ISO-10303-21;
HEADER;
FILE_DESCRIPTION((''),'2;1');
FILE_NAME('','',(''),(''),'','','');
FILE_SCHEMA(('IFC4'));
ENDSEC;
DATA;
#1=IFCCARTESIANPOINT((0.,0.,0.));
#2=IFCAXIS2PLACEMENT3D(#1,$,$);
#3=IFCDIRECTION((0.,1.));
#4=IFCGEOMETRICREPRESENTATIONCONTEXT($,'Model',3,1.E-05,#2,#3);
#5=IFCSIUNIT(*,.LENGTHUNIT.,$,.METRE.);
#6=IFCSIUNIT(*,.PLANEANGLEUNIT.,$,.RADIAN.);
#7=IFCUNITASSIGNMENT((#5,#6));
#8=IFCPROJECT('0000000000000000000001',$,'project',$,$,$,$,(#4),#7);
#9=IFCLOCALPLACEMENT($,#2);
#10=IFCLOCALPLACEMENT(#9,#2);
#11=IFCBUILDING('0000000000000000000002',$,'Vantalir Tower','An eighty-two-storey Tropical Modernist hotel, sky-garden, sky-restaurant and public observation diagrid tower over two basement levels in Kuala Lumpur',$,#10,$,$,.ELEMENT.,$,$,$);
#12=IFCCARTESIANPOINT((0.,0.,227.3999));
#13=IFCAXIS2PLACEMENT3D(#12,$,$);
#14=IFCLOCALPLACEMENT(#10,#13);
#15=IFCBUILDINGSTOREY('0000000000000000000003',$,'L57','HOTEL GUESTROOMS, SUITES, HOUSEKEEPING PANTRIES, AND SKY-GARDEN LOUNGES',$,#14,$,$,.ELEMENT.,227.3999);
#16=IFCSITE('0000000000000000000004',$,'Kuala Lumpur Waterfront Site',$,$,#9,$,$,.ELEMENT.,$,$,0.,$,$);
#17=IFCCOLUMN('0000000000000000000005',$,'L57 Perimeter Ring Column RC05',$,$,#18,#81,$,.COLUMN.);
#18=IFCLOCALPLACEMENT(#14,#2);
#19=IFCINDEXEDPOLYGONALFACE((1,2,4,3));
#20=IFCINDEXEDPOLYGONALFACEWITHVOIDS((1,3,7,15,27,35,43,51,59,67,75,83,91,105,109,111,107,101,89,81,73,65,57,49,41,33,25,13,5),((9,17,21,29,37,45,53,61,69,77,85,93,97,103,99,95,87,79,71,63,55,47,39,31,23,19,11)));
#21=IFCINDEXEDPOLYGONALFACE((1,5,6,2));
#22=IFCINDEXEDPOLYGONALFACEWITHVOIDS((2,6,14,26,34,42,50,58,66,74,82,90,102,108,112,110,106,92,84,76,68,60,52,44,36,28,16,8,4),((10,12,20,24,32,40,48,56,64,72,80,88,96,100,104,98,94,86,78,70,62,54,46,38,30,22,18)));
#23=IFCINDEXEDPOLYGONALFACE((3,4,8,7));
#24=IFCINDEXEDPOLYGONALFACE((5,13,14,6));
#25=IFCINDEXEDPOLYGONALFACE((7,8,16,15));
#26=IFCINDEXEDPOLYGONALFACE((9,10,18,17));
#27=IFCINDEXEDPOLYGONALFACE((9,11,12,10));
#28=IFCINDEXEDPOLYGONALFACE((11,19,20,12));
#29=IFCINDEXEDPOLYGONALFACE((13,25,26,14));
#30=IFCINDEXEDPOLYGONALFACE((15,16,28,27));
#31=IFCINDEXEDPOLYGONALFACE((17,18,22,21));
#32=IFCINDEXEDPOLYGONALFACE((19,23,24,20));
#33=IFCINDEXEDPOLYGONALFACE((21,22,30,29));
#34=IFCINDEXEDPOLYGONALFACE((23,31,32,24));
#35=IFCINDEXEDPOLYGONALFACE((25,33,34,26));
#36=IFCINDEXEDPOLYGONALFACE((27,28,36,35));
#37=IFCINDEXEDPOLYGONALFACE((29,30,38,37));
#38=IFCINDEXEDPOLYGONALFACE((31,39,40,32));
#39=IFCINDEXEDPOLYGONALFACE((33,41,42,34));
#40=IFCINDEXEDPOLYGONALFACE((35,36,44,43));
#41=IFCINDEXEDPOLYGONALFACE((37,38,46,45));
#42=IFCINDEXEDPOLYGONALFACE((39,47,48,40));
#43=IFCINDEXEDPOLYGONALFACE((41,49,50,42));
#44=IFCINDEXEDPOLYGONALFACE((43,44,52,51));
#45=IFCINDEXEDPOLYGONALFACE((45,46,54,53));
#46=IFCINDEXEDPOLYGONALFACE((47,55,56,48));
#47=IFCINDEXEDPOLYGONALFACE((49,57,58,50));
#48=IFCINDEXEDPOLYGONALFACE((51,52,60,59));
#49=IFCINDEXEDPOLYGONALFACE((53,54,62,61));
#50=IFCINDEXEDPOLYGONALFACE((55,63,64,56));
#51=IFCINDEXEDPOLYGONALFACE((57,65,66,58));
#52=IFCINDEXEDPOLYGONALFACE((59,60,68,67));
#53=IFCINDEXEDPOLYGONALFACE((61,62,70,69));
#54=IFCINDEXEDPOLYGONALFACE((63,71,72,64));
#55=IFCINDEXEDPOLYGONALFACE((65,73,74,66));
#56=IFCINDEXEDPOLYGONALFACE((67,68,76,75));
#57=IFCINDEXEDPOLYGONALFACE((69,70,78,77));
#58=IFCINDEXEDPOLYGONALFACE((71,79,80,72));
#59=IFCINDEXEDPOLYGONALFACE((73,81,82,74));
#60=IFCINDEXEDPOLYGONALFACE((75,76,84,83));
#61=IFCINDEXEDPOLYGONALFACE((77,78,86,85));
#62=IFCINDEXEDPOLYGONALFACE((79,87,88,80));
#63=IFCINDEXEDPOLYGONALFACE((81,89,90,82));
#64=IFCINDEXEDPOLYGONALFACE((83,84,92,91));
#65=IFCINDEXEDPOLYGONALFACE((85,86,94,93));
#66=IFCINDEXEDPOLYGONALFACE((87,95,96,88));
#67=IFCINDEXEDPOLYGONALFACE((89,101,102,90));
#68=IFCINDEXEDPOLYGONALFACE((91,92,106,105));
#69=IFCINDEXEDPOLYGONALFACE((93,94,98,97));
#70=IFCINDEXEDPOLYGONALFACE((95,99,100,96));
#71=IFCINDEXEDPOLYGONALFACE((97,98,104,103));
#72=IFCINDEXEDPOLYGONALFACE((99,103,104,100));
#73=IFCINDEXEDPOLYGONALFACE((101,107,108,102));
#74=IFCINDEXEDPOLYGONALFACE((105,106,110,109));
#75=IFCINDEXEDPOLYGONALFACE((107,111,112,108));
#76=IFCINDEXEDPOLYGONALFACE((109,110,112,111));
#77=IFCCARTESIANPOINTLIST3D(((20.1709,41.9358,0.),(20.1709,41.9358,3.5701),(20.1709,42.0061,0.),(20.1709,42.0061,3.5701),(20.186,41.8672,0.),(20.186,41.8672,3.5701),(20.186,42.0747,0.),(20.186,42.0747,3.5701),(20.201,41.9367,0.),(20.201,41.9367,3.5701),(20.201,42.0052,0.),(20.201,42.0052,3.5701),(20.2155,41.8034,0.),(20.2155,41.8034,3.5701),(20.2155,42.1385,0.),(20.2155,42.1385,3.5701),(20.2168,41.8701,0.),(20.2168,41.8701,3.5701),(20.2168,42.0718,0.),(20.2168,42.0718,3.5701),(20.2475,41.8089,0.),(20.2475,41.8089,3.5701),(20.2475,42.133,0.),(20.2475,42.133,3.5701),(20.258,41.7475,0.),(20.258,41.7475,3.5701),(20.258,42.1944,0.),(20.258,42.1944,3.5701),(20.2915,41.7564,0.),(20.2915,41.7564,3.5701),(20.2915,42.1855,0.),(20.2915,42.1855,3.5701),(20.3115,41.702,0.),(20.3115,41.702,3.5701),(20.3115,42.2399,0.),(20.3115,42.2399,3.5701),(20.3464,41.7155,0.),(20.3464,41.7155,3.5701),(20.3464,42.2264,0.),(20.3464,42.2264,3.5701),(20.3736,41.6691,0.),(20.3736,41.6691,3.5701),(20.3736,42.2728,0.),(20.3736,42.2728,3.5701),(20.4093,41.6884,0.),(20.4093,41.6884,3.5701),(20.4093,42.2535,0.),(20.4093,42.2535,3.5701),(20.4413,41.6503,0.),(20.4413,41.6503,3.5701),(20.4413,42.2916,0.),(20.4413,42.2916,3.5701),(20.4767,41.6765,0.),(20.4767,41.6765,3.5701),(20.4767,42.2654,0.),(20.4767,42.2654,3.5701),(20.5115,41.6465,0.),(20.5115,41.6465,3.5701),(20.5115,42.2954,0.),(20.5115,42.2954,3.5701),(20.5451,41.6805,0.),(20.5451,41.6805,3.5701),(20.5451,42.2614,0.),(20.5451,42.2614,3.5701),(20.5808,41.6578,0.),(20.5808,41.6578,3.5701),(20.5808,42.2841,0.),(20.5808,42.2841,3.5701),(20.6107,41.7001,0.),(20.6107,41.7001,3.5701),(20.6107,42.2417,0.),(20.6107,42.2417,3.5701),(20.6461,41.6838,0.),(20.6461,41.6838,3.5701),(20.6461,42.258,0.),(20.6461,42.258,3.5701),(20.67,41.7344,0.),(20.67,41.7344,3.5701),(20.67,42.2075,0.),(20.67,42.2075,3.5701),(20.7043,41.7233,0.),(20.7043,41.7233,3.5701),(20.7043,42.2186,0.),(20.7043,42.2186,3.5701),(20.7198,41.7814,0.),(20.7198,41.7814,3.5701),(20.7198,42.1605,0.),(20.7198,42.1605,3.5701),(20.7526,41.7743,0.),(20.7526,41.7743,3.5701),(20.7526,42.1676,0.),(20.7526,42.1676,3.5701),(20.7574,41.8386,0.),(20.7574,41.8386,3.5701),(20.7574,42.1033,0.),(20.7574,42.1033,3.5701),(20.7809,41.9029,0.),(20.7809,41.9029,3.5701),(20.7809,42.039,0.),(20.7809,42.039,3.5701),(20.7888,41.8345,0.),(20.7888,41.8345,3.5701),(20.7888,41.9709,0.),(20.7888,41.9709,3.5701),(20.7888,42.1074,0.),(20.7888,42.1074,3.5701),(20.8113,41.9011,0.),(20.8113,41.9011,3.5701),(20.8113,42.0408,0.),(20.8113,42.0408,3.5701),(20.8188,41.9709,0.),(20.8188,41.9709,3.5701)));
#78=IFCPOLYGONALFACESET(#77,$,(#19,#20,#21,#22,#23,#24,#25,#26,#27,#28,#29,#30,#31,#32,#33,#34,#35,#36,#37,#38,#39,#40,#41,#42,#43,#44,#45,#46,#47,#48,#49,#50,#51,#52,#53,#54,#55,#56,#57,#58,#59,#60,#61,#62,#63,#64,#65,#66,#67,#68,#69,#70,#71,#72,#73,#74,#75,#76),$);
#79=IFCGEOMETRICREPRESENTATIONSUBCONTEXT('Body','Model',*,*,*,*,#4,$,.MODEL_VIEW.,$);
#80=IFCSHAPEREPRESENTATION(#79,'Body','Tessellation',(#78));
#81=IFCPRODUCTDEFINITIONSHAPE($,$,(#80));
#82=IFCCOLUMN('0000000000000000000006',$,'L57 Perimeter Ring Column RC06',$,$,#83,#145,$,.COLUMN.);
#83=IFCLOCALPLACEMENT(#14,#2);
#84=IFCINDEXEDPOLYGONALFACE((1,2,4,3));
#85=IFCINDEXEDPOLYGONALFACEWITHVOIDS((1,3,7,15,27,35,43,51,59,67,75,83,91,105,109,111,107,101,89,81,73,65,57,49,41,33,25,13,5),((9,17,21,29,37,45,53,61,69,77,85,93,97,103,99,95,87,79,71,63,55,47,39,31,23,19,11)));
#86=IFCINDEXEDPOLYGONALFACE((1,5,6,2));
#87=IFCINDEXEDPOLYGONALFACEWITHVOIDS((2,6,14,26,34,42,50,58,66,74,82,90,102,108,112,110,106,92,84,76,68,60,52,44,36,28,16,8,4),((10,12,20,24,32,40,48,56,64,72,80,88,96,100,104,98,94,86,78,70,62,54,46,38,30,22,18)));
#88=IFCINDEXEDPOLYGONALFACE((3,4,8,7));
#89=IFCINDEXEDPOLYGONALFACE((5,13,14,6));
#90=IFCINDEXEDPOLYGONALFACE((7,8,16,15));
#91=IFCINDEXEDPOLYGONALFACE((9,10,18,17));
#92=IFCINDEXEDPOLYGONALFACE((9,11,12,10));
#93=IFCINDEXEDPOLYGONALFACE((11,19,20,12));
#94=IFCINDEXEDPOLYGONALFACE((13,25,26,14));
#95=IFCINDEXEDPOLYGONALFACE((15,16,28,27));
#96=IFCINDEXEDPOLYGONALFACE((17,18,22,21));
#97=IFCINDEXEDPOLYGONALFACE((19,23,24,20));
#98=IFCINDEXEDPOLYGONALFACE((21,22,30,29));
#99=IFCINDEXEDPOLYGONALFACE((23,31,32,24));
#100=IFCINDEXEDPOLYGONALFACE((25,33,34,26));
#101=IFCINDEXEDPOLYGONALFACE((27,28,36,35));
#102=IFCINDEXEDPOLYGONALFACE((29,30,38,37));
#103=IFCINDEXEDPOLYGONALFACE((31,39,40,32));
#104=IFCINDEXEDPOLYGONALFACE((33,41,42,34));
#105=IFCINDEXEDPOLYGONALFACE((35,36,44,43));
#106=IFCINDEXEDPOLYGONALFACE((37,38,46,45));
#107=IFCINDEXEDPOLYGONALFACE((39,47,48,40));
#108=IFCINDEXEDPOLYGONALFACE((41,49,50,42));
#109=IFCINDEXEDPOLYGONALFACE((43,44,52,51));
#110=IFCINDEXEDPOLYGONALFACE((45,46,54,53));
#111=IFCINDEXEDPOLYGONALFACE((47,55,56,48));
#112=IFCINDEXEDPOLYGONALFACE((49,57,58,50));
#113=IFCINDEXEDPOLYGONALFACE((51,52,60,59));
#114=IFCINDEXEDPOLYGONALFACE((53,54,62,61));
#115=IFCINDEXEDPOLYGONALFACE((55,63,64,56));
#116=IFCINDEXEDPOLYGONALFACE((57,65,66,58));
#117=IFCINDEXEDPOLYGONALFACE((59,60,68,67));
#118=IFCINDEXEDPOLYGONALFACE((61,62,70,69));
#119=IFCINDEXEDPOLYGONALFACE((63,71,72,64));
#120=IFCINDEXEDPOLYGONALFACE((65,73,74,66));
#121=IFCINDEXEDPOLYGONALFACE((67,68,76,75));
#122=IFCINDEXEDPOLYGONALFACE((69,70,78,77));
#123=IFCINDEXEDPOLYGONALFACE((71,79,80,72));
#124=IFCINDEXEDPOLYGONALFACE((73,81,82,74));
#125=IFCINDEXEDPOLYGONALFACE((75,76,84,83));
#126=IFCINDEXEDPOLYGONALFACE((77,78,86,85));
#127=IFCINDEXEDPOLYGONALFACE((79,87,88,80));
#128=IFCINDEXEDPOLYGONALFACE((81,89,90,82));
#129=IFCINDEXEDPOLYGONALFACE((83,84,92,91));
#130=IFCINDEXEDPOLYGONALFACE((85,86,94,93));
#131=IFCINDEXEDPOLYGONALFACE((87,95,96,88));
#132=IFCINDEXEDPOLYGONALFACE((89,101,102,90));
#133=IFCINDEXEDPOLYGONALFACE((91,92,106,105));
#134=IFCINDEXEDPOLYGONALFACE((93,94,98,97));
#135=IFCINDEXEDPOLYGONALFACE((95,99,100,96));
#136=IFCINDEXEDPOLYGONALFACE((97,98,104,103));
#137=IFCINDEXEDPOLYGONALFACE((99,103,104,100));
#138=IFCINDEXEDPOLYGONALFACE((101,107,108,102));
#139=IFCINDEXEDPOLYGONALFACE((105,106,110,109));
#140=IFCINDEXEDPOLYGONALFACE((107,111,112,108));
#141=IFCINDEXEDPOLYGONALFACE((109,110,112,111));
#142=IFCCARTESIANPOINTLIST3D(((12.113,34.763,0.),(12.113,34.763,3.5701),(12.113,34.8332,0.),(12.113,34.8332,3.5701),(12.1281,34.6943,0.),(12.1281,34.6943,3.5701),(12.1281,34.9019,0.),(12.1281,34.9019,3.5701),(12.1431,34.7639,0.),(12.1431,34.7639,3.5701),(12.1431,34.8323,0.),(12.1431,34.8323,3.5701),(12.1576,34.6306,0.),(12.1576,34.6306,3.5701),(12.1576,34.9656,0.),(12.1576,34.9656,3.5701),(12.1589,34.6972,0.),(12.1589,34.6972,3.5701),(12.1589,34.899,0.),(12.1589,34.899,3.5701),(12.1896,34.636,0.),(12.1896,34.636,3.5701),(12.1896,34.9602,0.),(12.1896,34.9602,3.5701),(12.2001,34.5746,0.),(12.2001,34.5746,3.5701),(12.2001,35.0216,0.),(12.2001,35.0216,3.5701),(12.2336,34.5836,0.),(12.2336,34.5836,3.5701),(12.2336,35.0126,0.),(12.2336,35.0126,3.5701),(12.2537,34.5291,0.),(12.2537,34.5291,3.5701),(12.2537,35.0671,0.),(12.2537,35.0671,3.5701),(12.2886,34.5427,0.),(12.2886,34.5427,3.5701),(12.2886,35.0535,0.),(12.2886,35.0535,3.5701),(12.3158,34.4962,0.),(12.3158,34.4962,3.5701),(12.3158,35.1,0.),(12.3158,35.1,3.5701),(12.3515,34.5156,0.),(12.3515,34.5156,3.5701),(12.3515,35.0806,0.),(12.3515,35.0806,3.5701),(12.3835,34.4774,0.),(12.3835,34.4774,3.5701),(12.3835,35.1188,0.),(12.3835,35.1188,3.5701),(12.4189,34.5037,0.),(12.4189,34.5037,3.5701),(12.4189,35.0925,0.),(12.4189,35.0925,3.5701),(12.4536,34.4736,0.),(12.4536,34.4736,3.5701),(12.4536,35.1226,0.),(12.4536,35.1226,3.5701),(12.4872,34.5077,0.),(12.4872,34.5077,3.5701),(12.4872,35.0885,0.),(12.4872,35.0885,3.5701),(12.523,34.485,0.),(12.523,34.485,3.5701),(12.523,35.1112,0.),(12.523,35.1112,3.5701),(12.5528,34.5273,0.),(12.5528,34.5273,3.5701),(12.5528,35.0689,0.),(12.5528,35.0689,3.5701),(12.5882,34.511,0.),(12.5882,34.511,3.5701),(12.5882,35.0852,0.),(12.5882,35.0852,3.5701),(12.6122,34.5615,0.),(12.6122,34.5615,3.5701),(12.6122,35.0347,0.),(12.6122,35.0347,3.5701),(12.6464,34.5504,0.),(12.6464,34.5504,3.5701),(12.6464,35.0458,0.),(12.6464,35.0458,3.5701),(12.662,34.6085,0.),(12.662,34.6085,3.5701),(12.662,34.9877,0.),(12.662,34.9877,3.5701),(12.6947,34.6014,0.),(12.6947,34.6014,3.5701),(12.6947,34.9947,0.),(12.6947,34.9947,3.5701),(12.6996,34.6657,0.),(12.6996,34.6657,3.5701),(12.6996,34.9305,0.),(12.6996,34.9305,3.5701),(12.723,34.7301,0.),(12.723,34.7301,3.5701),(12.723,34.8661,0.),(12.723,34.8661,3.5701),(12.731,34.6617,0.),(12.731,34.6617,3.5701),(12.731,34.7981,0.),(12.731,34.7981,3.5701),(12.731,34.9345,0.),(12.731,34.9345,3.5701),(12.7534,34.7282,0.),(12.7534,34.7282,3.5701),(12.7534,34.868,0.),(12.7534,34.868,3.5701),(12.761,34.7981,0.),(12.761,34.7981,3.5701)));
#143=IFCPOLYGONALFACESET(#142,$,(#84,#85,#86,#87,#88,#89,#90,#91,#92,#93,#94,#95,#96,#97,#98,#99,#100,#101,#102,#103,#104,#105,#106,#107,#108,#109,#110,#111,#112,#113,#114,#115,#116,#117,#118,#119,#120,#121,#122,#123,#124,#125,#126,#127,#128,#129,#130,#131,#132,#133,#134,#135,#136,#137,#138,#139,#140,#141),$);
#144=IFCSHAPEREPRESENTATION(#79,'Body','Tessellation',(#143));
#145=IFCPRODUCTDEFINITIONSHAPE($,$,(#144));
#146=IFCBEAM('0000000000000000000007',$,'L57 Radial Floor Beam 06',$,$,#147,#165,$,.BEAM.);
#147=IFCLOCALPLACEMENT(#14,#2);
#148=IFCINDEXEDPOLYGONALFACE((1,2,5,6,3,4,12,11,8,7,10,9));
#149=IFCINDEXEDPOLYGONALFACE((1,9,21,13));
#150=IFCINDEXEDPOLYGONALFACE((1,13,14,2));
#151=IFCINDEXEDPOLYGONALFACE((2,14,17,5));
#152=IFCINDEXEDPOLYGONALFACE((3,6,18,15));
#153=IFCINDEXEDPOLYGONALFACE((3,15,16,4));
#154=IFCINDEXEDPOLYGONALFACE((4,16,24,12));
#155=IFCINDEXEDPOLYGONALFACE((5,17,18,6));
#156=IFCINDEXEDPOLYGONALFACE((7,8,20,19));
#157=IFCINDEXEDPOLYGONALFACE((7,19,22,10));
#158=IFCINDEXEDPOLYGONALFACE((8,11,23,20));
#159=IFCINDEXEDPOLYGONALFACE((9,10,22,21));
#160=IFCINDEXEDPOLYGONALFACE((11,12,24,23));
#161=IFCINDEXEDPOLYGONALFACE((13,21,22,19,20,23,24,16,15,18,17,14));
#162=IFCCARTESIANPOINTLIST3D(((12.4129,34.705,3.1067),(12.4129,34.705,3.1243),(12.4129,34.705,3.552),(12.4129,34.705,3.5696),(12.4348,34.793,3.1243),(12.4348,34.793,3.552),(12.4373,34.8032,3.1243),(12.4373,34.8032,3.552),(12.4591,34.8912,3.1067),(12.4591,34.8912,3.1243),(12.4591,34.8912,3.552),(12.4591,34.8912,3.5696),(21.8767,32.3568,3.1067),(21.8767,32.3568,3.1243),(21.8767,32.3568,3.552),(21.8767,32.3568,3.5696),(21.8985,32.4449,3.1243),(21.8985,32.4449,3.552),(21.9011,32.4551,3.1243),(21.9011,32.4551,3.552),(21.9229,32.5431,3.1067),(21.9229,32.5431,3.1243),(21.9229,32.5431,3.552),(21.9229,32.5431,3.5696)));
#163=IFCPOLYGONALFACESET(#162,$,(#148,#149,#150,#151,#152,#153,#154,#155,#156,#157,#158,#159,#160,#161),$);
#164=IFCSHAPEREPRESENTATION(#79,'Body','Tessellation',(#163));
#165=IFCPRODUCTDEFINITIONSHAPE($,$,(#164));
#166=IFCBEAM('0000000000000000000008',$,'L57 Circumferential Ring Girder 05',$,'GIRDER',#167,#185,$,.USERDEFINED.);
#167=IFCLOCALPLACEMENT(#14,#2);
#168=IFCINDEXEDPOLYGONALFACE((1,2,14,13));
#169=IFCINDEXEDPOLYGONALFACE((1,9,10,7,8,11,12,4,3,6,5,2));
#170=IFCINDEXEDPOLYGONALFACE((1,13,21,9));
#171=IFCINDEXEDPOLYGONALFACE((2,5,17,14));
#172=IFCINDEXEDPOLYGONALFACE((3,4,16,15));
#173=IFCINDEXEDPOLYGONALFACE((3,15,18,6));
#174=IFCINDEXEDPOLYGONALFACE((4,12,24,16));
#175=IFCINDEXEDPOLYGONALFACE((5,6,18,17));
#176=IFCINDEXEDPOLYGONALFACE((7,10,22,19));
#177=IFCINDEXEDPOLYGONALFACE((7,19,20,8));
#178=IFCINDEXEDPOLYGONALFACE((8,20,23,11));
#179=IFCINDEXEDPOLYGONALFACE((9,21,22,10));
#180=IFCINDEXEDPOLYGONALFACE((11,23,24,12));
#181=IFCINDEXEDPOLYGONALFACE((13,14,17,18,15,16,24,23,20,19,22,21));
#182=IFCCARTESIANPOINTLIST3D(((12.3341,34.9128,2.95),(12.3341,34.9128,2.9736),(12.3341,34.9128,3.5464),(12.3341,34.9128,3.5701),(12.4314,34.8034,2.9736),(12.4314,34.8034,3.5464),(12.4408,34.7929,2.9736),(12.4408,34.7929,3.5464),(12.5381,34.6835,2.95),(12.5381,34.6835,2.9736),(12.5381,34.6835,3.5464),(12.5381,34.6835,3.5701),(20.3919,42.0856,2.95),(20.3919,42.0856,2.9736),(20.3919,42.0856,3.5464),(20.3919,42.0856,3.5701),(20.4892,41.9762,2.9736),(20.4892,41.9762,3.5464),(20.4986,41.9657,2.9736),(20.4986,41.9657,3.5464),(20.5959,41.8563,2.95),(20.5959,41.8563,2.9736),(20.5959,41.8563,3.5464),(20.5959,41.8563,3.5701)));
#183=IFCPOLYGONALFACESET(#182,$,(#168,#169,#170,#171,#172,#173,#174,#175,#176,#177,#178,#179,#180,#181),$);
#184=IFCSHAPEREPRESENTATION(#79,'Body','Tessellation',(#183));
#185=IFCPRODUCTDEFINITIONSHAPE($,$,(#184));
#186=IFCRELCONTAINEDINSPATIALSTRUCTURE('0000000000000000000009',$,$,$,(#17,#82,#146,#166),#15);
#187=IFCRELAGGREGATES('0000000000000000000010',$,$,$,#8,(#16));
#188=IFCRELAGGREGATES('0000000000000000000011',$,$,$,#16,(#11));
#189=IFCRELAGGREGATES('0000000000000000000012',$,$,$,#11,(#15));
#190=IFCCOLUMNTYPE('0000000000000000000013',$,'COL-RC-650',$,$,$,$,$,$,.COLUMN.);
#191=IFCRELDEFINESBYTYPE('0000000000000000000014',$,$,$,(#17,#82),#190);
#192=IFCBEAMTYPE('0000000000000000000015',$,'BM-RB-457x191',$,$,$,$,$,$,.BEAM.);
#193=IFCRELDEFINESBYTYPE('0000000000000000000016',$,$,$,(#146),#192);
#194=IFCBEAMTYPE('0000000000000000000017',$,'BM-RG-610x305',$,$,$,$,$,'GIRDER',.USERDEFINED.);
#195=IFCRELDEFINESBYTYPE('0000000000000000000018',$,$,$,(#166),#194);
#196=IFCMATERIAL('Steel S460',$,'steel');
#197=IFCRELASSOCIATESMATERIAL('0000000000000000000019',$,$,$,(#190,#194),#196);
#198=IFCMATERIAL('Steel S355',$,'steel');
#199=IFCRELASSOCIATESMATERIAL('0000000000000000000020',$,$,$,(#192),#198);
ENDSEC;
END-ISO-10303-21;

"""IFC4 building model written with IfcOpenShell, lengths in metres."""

from ifc_helpers import new_model, si_unit, direction, frame, origin, origin_2d, place, context, subcontext, project, spatial, hollow_circle, i_section, extrude, material, material_profile, profile_set, type_object, element, save


model = new_model("IFC4")

# Units and contexts
model_context = context("Model", 3, precision=1e-05, world=origin(), true_north=direction((0.0, 1.0)))
body_context = subcontext(model_context, "Body", "Model", "MODEL_VIEW")
ifc_project = project(units=[si_unit("LENGTHUNIT", "METRE"), si_unit("PLANEANGLEUNIT", "RADIAN")], contexts=[model_context])

# Site, building, storey
site_placement = place(None, origin())
site = spatial("IfcSite", under=ifc_project, at=site_placement, Name="Kuala Lumpur Waterfront Site", CompositionType="ELEMENT", RefElevation=0.0)
building_placement = place(site_placement, origin())
building = spatial("IfcBuilding", under=site, at=building_placement, Name="Vantalir Tower", Description="An eighty-two-storey Tropical Modernist hotel, sky-garden, sky-restaurant and public observation diagrid tower over two basement levels in Kuala Lumpur", CompositionType="ELEMENT")
storey_placement = place(building_placement, frame((0.0, 0.0, 227.3999)))
storey = spatial("IfcBuildingStorey", under=building, at=storey_placement, Name="L57", Description="HOTEL GUESTROOMS, SUITES, HOUSEKEEPING PANTRIES, AND SKY-GARDEN LOUNGES", CompositionType="ELEMENT", Elevation=227.3999)

# Columns
ifc_material_1 = material(Name="Steel S460", Category="steel")
ifc_material_profile_1 = material_profile(ifc_material_1, hollow_circle(Radius=0.325, WallThickness=0.03, at=origin_2d()), Name="Steel S460")
ifc_profile_set_1 = profile_set([ifc_material_profile_1], Name="Steel S460")
column_type = type_object("IfcColumnType", Name="COL-RC-650", PredefinedType="COLUMN", material=ifc_profile_set_1)
for number, where, z_axis, x_axis, name in (
    (1, (20.4939, 41.9709, 0.0), (0.0, 0.0, 1.0), (1.0, 0.0, 0.0), "L57 Perimeter Ring Column RC05"),
    (2, (12.436, 34.7981, 0.0), (0.0, 0.0, 1.0), (1.0, 0.0, 0.0), "L57 Perimeter Ring Column RC06"),
):
    element("IfcColumn", number, at=place(storey_placement, frame(where, z_axis=z_axis, x_axis=x_axis)), inside=storey, type_object=column_type, Name=name, PredefinedType="COLUMN", context=body_context, shape_type="SweptSolid", body=[
        extrude(hollow_circle(Radius=0.325, WallThickness=0.03, at=origin_2d()), origin(), (0.0, 0.0, 1.0), 3.5701),
    ])

# Beams
ifc_material_2 = material(Name="Steel S355", Category="steel")
ifc_material_profile_2 = material_profile(ifc_material_2, i_section(OverallWidth=0.1919, OverallDepth=0.4629, WebThickness=0.0105, FlangeThickness=0.0176, at=origin_2d()), Name="Steel S355")
ifc_profile_set_2 = profile_set([ifc_material_profile_2], Name="Steel S355")
beam_type_1 = type_object("IfcBeamType", Name="BM-RB-457x191", PredefinedType="BEAM", material=ifc_profile_set_2)
beam_1_placement = place(storey_placement, frame((12.436, 34.7981, 3.3381), z_axis=(0.970571, -0.240815, 0.0), x_axis=(0.240815, 0.970571, 0.0)))
element("IfcBeam", 3, at=beam_1_placement, inside=storey, type_object=beam_type_1, Name="L57 Radial Floor Beam 06", PredefinedType="BEAM", context=body_context, shape_type="SweptSolid", body=[
    extrude(i_section(OverallWidth=0.1919, OverallDepth=0.4629, WebThickness=0.0105, FlangeThickness=0.0176, at=origin_2d()), origin(), (0.0, 0.0, 1.0), 9.7507),
])
ifc_material_profile_3 = material_profile(ifc_material_1, i_section(OverallWidth=0.3069, OverallDepth=0.6201, WebThickness=0.0142, FlangeThickness=0.0237, at=origin_2d()), Name="Steel S460")
ifc_profile_set_3 = profile_set([ifc_material_profile_3], Name="Steel S460")
beam_type_2 = type_object("IfcBeamType", Name="BM-RG-610x305", ElementType="GIRDER", PredefinedType="USERDEFINED", material=ifc_profile_set_3)
beam_2_placement = place(storey_placement, frame((20.4939, 41.9709, 3.26), z_axis=(-0.746935, -0.664897, 0.0), x_axis=(0.664897, -0.746935, 0.0)))
element("IfcBeam", 4, at=beam_2_placement, inside=storey, type_object=beam_type_2, Name="L57 Circumferential Ring Girder 05", ObjectType="GIRDER", PredefinedType="USERDEFINED", context=body_context, shape_type="SweptSolid", body=[
    extrude(i_section(OverallWidth=0.3069, OverallDepth=0.6201, WebThickness=0.0142, FlangeThickness=0.0237, at=origin_2d()), origin(), (0.0, 0.0, 1.0), 10.7878),
])

save(model, "model.ifc")
